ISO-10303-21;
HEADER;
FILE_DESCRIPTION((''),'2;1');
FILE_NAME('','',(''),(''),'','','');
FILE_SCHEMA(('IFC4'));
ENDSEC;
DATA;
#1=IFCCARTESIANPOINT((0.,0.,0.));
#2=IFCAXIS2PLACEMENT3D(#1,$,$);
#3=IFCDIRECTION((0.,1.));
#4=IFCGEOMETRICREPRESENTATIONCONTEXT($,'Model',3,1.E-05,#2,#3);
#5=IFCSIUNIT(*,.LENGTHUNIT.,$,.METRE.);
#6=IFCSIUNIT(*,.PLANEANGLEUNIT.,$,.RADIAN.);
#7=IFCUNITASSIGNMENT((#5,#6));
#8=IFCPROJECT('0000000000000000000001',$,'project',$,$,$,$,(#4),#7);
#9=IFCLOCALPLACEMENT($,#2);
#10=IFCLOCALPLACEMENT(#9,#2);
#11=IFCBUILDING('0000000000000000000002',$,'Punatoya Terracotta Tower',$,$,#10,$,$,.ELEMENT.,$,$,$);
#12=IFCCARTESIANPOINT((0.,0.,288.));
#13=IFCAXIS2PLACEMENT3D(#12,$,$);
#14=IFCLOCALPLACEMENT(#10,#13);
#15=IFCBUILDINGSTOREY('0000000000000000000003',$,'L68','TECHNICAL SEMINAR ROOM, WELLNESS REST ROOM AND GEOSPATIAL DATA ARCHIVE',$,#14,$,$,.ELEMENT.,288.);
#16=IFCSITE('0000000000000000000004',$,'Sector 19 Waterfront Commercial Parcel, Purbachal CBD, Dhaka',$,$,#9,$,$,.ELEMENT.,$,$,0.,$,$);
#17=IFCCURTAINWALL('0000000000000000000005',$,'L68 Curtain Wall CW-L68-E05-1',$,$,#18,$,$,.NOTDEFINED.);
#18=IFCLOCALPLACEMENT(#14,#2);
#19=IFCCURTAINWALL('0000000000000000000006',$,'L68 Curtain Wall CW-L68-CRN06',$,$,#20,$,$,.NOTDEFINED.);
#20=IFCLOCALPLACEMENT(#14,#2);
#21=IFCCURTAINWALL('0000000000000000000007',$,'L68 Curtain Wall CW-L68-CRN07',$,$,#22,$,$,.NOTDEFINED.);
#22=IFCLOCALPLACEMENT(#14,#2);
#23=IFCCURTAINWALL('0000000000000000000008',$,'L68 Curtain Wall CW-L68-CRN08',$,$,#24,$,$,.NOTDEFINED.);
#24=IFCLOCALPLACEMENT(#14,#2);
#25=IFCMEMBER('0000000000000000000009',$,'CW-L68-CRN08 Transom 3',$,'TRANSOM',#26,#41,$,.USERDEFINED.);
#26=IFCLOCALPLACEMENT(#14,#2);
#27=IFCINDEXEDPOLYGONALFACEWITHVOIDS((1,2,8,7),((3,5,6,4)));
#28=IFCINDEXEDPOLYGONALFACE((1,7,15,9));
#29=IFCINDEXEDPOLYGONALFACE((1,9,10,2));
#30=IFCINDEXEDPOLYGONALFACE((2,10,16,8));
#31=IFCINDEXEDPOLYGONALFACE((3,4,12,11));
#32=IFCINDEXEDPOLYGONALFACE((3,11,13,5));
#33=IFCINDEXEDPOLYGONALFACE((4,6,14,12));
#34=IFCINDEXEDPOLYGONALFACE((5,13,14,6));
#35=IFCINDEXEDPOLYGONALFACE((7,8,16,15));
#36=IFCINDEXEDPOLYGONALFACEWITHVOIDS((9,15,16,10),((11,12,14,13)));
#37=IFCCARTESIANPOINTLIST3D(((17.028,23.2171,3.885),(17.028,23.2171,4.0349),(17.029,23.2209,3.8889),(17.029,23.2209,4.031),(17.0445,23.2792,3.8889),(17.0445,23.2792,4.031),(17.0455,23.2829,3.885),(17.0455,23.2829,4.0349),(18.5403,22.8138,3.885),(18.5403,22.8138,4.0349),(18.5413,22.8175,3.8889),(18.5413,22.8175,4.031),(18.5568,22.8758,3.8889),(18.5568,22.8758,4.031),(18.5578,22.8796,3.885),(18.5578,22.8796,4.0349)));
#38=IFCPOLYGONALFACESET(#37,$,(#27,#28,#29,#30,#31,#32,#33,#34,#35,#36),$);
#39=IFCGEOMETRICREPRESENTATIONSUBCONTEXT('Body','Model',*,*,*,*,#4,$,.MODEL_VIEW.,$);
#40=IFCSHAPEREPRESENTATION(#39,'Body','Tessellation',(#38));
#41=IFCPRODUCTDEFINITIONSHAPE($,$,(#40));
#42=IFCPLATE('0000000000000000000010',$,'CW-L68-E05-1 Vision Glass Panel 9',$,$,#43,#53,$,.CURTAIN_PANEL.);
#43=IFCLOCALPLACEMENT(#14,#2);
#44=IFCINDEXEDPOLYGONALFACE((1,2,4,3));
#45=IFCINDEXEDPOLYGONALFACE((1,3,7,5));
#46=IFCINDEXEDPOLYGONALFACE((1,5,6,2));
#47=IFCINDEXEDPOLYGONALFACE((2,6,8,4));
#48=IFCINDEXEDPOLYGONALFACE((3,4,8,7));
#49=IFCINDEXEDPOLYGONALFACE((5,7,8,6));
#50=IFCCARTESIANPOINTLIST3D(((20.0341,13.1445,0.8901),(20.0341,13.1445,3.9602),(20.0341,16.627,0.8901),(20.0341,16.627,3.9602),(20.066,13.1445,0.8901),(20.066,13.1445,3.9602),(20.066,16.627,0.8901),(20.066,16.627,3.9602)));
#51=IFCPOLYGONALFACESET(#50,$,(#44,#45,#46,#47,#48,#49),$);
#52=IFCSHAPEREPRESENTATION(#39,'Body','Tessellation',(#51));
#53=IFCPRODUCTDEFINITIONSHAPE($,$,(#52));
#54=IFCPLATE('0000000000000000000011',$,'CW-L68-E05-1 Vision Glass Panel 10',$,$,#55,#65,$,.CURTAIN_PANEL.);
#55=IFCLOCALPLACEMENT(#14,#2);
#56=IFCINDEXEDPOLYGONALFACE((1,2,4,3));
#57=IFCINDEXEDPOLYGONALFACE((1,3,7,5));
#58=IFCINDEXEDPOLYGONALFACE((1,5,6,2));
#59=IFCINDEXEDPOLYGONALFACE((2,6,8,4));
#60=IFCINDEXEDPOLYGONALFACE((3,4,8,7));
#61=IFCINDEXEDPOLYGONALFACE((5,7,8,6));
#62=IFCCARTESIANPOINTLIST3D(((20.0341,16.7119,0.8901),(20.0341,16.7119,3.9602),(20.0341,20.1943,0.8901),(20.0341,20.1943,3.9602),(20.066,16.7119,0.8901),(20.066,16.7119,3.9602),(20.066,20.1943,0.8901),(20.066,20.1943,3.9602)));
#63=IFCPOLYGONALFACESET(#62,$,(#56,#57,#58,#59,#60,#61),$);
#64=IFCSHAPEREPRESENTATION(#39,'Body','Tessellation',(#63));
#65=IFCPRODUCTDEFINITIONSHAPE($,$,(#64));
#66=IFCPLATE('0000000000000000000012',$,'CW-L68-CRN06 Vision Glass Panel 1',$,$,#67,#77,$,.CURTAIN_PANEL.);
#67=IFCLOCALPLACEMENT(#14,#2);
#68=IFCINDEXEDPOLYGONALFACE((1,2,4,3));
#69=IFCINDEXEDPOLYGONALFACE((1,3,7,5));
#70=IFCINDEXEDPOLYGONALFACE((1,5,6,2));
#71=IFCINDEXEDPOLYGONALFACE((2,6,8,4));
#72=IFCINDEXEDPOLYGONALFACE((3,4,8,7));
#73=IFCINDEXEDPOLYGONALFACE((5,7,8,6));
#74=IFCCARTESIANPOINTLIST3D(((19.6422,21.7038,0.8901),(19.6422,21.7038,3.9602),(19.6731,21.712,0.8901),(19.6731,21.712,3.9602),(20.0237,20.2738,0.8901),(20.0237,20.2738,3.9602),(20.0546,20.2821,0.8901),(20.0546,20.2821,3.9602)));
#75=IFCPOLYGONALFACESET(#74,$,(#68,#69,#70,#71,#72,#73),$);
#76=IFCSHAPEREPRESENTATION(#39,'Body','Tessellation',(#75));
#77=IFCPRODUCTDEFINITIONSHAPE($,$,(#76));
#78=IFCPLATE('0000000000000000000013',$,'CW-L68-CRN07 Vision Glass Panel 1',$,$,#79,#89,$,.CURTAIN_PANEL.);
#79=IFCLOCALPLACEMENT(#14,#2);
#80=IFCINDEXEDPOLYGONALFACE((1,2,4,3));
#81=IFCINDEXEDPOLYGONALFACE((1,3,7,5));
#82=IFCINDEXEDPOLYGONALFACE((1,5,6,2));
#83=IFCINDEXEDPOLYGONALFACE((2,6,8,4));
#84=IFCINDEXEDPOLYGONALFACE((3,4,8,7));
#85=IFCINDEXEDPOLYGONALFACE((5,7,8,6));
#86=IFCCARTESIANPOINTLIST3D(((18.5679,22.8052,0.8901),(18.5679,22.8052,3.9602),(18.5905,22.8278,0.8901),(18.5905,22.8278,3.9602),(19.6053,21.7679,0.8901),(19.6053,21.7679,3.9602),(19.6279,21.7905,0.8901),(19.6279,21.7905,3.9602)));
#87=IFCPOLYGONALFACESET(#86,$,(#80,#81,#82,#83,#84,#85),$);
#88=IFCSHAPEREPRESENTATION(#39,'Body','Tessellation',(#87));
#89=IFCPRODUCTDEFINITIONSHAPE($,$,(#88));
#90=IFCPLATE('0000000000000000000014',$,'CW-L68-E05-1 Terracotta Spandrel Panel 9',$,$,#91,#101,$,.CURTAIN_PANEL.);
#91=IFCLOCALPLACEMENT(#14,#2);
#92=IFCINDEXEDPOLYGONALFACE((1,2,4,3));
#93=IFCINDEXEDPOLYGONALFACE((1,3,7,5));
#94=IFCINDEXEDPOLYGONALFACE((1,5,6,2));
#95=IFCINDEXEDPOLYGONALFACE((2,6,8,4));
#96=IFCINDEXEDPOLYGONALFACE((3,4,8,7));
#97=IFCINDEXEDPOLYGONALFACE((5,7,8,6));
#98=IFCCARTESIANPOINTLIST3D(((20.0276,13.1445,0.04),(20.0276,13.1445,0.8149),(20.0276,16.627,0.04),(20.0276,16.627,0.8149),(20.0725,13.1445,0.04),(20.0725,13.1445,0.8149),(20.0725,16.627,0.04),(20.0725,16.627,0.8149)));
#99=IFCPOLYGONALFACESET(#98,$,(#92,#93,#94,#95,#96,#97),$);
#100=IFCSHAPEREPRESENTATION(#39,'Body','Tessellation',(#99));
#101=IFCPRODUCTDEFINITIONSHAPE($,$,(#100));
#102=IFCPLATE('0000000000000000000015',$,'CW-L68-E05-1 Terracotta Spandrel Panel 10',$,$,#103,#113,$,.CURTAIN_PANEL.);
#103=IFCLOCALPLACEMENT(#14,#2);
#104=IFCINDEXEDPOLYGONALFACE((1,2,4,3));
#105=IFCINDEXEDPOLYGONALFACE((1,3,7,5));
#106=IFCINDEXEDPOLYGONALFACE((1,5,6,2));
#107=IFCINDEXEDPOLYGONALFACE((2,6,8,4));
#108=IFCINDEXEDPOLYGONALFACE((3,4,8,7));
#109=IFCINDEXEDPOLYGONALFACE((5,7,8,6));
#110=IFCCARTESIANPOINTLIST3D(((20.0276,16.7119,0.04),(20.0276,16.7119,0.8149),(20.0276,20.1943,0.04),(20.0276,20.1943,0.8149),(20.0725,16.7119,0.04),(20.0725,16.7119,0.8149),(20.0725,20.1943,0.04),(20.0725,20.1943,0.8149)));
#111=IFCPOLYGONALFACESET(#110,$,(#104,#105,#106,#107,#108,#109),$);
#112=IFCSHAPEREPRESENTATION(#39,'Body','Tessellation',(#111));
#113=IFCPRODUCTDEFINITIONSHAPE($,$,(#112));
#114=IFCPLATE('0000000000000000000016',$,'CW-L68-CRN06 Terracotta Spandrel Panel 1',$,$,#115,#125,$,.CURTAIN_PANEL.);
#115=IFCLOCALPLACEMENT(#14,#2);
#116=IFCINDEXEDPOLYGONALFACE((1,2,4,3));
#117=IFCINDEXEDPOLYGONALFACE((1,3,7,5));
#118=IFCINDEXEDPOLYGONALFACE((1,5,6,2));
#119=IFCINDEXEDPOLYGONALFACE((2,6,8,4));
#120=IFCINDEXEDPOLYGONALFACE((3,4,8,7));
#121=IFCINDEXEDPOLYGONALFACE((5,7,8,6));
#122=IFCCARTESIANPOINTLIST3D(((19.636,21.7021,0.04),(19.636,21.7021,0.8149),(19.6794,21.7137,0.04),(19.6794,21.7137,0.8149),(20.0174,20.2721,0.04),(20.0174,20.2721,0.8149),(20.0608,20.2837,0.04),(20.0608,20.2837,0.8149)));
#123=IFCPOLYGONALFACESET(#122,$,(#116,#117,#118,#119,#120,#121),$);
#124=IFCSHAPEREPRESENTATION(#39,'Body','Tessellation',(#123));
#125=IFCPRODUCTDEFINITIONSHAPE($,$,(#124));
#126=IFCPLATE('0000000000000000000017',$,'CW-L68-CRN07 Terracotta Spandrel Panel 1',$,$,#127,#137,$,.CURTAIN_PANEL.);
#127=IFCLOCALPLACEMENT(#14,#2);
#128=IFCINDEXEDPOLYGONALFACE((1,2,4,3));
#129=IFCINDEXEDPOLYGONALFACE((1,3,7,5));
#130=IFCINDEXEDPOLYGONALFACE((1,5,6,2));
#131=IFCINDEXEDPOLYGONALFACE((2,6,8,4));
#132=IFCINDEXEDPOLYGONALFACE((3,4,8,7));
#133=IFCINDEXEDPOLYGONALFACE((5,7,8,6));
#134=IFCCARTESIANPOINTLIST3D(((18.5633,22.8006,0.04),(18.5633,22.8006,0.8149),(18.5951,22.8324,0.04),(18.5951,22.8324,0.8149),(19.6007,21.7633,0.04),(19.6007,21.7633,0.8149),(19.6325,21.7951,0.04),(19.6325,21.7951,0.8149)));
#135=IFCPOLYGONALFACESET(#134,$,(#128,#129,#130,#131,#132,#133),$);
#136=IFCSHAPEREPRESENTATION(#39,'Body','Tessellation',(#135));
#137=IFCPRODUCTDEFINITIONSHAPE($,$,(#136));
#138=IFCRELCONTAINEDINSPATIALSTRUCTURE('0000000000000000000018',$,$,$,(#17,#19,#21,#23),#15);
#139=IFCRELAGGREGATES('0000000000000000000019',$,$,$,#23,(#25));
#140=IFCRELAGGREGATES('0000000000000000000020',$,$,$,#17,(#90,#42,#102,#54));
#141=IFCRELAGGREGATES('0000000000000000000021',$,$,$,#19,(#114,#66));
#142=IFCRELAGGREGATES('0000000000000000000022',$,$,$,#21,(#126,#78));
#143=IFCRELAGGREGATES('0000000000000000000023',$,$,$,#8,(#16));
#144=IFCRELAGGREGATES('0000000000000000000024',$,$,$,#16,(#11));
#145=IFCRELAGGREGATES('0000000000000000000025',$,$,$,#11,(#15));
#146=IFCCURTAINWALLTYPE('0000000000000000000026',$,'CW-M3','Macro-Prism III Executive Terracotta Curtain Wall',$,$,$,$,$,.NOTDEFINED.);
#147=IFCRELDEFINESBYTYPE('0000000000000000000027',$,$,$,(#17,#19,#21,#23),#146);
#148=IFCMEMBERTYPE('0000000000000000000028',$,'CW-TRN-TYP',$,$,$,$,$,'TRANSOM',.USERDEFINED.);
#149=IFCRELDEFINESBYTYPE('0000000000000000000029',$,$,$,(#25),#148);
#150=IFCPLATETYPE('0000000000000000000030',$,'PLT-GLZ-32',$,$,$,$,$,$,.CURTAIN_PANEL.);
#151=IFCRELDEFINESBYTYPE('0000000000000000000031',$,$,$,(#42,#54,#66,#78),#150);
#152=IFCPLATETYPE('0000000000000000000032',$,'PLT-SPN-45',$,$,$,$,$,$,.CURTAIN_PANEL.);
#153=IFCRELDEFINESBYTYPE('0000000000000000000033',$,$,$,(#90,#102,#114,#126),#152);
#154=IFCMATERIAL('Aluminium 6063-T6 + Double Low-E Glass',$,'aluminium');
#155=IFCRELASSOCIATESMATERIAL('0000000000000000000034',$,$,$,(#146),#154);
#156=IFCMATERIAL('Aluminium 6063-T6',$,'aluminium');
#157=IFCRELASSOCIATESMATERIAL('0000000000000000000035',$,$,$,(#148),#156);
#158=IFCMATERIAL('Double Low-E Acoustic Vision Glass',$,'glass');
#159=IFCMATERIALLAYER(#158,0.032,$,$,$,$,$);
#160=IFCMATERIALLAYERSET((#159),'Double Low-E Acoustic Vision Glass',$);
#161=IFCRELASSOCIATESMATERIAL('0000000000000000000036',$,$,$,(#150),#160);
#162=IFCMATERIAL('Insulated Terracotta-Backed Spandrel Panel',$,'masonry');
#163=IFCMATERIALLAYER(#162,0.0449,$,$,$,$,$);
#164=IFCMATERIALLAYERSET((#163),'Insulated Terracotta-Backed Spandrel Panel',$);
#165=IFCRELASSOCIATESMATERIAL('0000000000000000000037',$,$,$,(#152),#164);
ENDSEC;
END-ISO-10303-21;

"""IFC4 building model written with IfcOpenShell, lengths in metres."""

from ifc_helpers import new_model, si_unit, direction, frame, origin, origin_2d, place, context, subcontext, project, spatial, rectangle, hollow_rectangle, extrude, material, layer, layer_set, material_profile, profile_set, type_object, element, aggregate, save


model = new_model("IFC4")

# Units and contexts
model_context = context("Model", 3, precision=1e-05, world=origin(), true_north=direction((0.0, 1.0)))
body_context = subcontext(model_context, "Body", "Model", "MODEL_VIEW")
ifc_project = project(units=[si_unit("LENGTHUNIT", "METRE"), si_unit("PLANEANGLEUNIT", "RADIAN")], contexts=[model_context])

# Site, building, storey
site_placement = place(None, origin())
site = spatial("IfcSite", under=ifc_project, at=site_placement, Name="Sector 19 Waterfront Commercial Parcel, Purbachal CBD, Dhaka", CompositionType="ELEMENT", RefElevation=0.0)
building_placement = place(site_placement, origin())
building = spatial("IfcBuilding", under=site, at=building_placement, Name="Punatoya Terracotta Tower", CompositionType="ELEMENT")
storey_placement = place(building_placement, frame((0.0, 0.0, 288.0)))
storey = spatial("IfcBuildingStorey", under=building, at=storey_placement, Name="L68", Description="TECHNICAL SEMINAR ROOM, WELLNESS REST ROOM AND GEOSPATIAL DATA ARCHIVE", CompositionType="ELEMENT", Elevation=288.0)

# Curtain walls
ifc_material_1 = material(Name="Aluminium 6063-T6 + Double Low-E Glass", Category="aluminium")
curtain_wall_type = type_object("IfcCurtainWallType", Name="CW-M3", Description="Macro-Prism III Executive Terracotta Curtain Wall", PredefinedType="NOTDEFINED", material=ifc_material_1)
curtain_wall_1_placement = place(storey_placement, origin())
curtain_wall_1 = element("IfcCurtainWall", 1, at=curtain_wall_1_placement, inside=storey, type_object=curtain_wall_type, Name="L68 Curtain Wall CW-L68-E05-1", PredefinedType="NOTDEFINED")
ifc_material_2 = material(Name="Aluminium 6063-T6", Category="aluminium")
curtain_wall_2_placement = place(storey_placement, origin())
curtain_wall_2 = element("IfcCurtainWall", 2, at=curtain_wall_2_placement, inside=storey, type_object=curtain_wall_type, Name="L68 Curtain Wall CW-L68-CRN06", PredefinedType="NOTDEFINED")
curtain_wall_3_placement = place(storey_placement, origin())
curtain_wall_3 = element("IfcCurtainWall", 3, at=curtain_wall_3_placement, inside=storey, type_object=curtain_wall_type, Name="L68 Curtain Wall CW-L68-CRN07", PredefinedType="NOTDEFINED")

# Curtain wall
curtain_wall_4_placement = place(storey_placement, origin())
curtain_wall_4 = element("IfcCurtainWall", 4, at=curtain_wall_4_placement, inside=storey, type_object=curtain_wall_type, Name="L68 Curtain Wall CW-L68-CRN08", PredefinedType="NOTDEFINED")

# Member
ifc_material_profile_1 = material_profile(ifc_material_2, hollow_rectangle(XDim=0.0681, YDim=0.1499, WallThickness=0.0039, at=origin_2d()))
ifc_profile_set_1 = profile_set([ifc_material_profile_1], Name="Aluminium 6063-T6")
member_type_1 = type_object("IfcMemberType", Name="CW-TRN-TYP", ElementType="TRANSOM", PredefinedType="USERDEFINED", material=ifc_profile_set_1)
member_1_placement = place(storey_placement, frame((18.5491, 22.8467, 3.96), z_axis=(-0.966225, 0.257701, 0.0), x_axis=(-0.257701, -0.966225, 0.0)))
member_1 = element("IfcMember", 5, at=member_1_placement, type_object=member_type_1, Name="CW-L68-CRN08 Transom 3", ObjectType="TRANSOM", PredefinedType="USERDEFINED", context=body_context, shape_type="SweptSolid", body=[
    extrude(hollow_rectangle(XDim=0.0681, YDim=0.1499, WallThickness=0.0039, at=origin_2d()), origin(), (0.0, 0.0, 1.0), 1.5652),
])
aggregate(curtain_wall_4, [member_1])

# Plates
ifc_material_3 = material(Name="Double Low-E Acoustic Vision Glass", Category="glass")
ifc_layer_1 = layer(ifc_material_3, 0.032)
ifc_layer_set_1 = layer_set([ifc_layer_1], Name="Double Low-E Acoustic Vision Glass")
plate_type_1 = type_object("IfcPlateType", Name="PLT-GLZ-32", PredefinedType="CURTAIN_PANEL", material=ifc_layer_set_1)
plate_1_placement = place(storey_placement, frame((20.05, 14.8857, 0.8901), z_axis=(0.0, 0.0, 1.0), x_axis=(0.0, 1.0, 0.0)))
plate_1 = element("IfcPlate", 6, at=plate_1_placement, type_object=plate_type_1, Name="CW-L68-E05-1 Vision Glass Panel 9", PredefinedType="CURTAIN_PANEL", context=body_context, shape_type="SweptSolid", body=[
    extrude(rectangle(XDim=3.4824, YDim=0.032, at=origin_2d()), origin(), (0.0, 0.0, 1.0), 3.0701),
])
plate_2_placement = place(storey_placement, frame((20.05, 18.4531, 0.8901), z_axis=(0.0, 0.0, 1.0), x_axis=(0.0, 1.0, 0.0)))
plate_2 = element("IfcPlate", 7, at=plate_2_placement, type_object=plate_type_1, Name="CW-L68-E05-1 Vision Glass Panel 10", PredefinedType="CURTAIN_PANEL", context=body_context, shape_type="SweptSolid", body=[
    extrude(rectangle(XDim=3.4824, YDim=0.032, at=origin_2d()), origin(), (0.0, 0.0, 1.0), 3.0701),
])
plate_3_placement = place(storey_placement, frame((19.8484, 20.9929, 0.8901), z_axis=(0.0, 0.0, 1.0), x_axis=(-0.257742, 0.966214, 0.0)))
plate_3 = element("IfcPlate", 8, at=plate_3_placement, type_object=plate_type_1, Name="CW-L68-CRN06 Vision Glass Panel 1", PredefinedType="CURTAIN_PANEL", context=body_context, shape_type="SweptSolid", body=[
    extrude(rectangle(XDim=1.48, YDim=0.032, at=origin_2d()), origin(), (0.0, 0.0, 1.0), 3.0701),
])
plate_4_placement = place(storey_placement, frame((19.0979, 22.2979, 0.8901), z_axis=(0.0, 0.0, 1.0), x_axis=(-0.707107, 0.707107, 0.0)))
plate_4 = element("IfcPlate", 9, at=plate_4_placement, type_object=plate_type_1, Name="CW-L68-CRN07 Vision Glass Panel 1", PredefinedType="CURTAIN_PANEL", context=body_context, shape_type="SweptSolid", body=[
    extrude(rectangle(XDim=1.467, YDim=0.032, at=origin_2d()), origin(), (0.0, 0.0, 1.0), 3.0701),
])
ifc_material_4 = material(Name="Insulated Terracotta-Backed Spandrel Panel", Category="masonry")
ifc_layer_2 = layer(ifc_material_4, 0.0449)
ifc_layer_set_2 = layer_set([ifc_layer_2], Name="Insulated Terracotta-Backed Spandrel Panel")
plate_type_2 = type_object("IfcPlateType", Name="PLT-SPN-45", PredefinedType="CURTAIN_PANEL", material=ifc_layer_set_2)
plate_5_placement = place(storey_placement, frame((20.05, 14.8857, 0.04), z_axis=(0.0, 0.0, 1.0), x_axis=(0.0, 1.0, 0.0)))
plate_5 = element("IfcPlate", 10, at=plate_5_placement, type_object=plate_type_2, Name="CW-L68-E05-1 Terracotta Spandrel Panel 9", PredefinedType="CURTAIN_PANEL", context=body_context, shape_type="SweptSolid", body=[
    extrude(rectangle(XDim=3.4824, YDim=0.0449, at=origin_2d()), origin(), (0.0, 0.0, 1.0), 0.7749),
])
plate_6_placement = place(storey_placement, frame((20.05, 18.4531, 0.04), z_axis=(0.0, 0.0, 1.0), x_axis=(0.0, 1.0, 0.0)))
plate_6 = element("IfcPlate", 11, at=plate_6_placement, type_object=plate_type_2, Name="CW-L68-E05-1 Terracotta Spandrel Panel 10", PredefinedType="CURTAIN_PANEL", context=body_context, shape_type="SweptSolid", body=[
    extrude(rectangle(XDim=3.4824, YDim=0.0449, at=origin_2d()), origin(), (0.0, 0.0, 1.0), 0.7749),
])
aggregate(curtain_wall_1, [plate_5, plate_1, plate_6, plate_2])
plate_7_placement = place(storey_placement, frame((19.8484, 20.9929, 0.04), z_axis=(0.0, 0.0, 1.0), x_axis=(-0.257742, 0.966214, 0.0)))
plate_7 = element("IfcPlate", 12, at=plate_7_placement, type_object=plate_type_2, Name="CW-L68-CRN06 Terracotta Spandrel Panel 1", PredefinedType="CURTAIN_PANEL", context=body_context, shape_type="SweptSolid", body=[
    extrude(rectangle(XDim=1.48, YDim=0.0449, at=origin_2d()), origin(), (0.0, 0.0, 1.0), 0.7749),
])
aggregate(curtain_wall_2, [plate_7, plate_3])
plate_8_placement = place(storey_placement, frame((19.0979, 22.2979, 0.04), z_axis=(0.0, 0.0, 1.0), x_axis=(-0.707107, 0.707107, 0.0)))
plate_8 = element("IfcPlate", 13, at=plate_8_placement, type_object=plate_type_2, Name="CW-L68-CRN07 Terracotta Spandrel Panel 1", PredefinedType="CURTAIN_PANEL", context=body_context, shape_type="SweptSolid", body=[
    extrude(rectangle(XDim=1.467, YDim=0.0449, at=origin_2d()), origin(), (0.0, 0.0, 1.0), 0.7749),
])
aggregate(curtain_wall_3, [plate_8, plate_4])

save(model, "model.ifc")
